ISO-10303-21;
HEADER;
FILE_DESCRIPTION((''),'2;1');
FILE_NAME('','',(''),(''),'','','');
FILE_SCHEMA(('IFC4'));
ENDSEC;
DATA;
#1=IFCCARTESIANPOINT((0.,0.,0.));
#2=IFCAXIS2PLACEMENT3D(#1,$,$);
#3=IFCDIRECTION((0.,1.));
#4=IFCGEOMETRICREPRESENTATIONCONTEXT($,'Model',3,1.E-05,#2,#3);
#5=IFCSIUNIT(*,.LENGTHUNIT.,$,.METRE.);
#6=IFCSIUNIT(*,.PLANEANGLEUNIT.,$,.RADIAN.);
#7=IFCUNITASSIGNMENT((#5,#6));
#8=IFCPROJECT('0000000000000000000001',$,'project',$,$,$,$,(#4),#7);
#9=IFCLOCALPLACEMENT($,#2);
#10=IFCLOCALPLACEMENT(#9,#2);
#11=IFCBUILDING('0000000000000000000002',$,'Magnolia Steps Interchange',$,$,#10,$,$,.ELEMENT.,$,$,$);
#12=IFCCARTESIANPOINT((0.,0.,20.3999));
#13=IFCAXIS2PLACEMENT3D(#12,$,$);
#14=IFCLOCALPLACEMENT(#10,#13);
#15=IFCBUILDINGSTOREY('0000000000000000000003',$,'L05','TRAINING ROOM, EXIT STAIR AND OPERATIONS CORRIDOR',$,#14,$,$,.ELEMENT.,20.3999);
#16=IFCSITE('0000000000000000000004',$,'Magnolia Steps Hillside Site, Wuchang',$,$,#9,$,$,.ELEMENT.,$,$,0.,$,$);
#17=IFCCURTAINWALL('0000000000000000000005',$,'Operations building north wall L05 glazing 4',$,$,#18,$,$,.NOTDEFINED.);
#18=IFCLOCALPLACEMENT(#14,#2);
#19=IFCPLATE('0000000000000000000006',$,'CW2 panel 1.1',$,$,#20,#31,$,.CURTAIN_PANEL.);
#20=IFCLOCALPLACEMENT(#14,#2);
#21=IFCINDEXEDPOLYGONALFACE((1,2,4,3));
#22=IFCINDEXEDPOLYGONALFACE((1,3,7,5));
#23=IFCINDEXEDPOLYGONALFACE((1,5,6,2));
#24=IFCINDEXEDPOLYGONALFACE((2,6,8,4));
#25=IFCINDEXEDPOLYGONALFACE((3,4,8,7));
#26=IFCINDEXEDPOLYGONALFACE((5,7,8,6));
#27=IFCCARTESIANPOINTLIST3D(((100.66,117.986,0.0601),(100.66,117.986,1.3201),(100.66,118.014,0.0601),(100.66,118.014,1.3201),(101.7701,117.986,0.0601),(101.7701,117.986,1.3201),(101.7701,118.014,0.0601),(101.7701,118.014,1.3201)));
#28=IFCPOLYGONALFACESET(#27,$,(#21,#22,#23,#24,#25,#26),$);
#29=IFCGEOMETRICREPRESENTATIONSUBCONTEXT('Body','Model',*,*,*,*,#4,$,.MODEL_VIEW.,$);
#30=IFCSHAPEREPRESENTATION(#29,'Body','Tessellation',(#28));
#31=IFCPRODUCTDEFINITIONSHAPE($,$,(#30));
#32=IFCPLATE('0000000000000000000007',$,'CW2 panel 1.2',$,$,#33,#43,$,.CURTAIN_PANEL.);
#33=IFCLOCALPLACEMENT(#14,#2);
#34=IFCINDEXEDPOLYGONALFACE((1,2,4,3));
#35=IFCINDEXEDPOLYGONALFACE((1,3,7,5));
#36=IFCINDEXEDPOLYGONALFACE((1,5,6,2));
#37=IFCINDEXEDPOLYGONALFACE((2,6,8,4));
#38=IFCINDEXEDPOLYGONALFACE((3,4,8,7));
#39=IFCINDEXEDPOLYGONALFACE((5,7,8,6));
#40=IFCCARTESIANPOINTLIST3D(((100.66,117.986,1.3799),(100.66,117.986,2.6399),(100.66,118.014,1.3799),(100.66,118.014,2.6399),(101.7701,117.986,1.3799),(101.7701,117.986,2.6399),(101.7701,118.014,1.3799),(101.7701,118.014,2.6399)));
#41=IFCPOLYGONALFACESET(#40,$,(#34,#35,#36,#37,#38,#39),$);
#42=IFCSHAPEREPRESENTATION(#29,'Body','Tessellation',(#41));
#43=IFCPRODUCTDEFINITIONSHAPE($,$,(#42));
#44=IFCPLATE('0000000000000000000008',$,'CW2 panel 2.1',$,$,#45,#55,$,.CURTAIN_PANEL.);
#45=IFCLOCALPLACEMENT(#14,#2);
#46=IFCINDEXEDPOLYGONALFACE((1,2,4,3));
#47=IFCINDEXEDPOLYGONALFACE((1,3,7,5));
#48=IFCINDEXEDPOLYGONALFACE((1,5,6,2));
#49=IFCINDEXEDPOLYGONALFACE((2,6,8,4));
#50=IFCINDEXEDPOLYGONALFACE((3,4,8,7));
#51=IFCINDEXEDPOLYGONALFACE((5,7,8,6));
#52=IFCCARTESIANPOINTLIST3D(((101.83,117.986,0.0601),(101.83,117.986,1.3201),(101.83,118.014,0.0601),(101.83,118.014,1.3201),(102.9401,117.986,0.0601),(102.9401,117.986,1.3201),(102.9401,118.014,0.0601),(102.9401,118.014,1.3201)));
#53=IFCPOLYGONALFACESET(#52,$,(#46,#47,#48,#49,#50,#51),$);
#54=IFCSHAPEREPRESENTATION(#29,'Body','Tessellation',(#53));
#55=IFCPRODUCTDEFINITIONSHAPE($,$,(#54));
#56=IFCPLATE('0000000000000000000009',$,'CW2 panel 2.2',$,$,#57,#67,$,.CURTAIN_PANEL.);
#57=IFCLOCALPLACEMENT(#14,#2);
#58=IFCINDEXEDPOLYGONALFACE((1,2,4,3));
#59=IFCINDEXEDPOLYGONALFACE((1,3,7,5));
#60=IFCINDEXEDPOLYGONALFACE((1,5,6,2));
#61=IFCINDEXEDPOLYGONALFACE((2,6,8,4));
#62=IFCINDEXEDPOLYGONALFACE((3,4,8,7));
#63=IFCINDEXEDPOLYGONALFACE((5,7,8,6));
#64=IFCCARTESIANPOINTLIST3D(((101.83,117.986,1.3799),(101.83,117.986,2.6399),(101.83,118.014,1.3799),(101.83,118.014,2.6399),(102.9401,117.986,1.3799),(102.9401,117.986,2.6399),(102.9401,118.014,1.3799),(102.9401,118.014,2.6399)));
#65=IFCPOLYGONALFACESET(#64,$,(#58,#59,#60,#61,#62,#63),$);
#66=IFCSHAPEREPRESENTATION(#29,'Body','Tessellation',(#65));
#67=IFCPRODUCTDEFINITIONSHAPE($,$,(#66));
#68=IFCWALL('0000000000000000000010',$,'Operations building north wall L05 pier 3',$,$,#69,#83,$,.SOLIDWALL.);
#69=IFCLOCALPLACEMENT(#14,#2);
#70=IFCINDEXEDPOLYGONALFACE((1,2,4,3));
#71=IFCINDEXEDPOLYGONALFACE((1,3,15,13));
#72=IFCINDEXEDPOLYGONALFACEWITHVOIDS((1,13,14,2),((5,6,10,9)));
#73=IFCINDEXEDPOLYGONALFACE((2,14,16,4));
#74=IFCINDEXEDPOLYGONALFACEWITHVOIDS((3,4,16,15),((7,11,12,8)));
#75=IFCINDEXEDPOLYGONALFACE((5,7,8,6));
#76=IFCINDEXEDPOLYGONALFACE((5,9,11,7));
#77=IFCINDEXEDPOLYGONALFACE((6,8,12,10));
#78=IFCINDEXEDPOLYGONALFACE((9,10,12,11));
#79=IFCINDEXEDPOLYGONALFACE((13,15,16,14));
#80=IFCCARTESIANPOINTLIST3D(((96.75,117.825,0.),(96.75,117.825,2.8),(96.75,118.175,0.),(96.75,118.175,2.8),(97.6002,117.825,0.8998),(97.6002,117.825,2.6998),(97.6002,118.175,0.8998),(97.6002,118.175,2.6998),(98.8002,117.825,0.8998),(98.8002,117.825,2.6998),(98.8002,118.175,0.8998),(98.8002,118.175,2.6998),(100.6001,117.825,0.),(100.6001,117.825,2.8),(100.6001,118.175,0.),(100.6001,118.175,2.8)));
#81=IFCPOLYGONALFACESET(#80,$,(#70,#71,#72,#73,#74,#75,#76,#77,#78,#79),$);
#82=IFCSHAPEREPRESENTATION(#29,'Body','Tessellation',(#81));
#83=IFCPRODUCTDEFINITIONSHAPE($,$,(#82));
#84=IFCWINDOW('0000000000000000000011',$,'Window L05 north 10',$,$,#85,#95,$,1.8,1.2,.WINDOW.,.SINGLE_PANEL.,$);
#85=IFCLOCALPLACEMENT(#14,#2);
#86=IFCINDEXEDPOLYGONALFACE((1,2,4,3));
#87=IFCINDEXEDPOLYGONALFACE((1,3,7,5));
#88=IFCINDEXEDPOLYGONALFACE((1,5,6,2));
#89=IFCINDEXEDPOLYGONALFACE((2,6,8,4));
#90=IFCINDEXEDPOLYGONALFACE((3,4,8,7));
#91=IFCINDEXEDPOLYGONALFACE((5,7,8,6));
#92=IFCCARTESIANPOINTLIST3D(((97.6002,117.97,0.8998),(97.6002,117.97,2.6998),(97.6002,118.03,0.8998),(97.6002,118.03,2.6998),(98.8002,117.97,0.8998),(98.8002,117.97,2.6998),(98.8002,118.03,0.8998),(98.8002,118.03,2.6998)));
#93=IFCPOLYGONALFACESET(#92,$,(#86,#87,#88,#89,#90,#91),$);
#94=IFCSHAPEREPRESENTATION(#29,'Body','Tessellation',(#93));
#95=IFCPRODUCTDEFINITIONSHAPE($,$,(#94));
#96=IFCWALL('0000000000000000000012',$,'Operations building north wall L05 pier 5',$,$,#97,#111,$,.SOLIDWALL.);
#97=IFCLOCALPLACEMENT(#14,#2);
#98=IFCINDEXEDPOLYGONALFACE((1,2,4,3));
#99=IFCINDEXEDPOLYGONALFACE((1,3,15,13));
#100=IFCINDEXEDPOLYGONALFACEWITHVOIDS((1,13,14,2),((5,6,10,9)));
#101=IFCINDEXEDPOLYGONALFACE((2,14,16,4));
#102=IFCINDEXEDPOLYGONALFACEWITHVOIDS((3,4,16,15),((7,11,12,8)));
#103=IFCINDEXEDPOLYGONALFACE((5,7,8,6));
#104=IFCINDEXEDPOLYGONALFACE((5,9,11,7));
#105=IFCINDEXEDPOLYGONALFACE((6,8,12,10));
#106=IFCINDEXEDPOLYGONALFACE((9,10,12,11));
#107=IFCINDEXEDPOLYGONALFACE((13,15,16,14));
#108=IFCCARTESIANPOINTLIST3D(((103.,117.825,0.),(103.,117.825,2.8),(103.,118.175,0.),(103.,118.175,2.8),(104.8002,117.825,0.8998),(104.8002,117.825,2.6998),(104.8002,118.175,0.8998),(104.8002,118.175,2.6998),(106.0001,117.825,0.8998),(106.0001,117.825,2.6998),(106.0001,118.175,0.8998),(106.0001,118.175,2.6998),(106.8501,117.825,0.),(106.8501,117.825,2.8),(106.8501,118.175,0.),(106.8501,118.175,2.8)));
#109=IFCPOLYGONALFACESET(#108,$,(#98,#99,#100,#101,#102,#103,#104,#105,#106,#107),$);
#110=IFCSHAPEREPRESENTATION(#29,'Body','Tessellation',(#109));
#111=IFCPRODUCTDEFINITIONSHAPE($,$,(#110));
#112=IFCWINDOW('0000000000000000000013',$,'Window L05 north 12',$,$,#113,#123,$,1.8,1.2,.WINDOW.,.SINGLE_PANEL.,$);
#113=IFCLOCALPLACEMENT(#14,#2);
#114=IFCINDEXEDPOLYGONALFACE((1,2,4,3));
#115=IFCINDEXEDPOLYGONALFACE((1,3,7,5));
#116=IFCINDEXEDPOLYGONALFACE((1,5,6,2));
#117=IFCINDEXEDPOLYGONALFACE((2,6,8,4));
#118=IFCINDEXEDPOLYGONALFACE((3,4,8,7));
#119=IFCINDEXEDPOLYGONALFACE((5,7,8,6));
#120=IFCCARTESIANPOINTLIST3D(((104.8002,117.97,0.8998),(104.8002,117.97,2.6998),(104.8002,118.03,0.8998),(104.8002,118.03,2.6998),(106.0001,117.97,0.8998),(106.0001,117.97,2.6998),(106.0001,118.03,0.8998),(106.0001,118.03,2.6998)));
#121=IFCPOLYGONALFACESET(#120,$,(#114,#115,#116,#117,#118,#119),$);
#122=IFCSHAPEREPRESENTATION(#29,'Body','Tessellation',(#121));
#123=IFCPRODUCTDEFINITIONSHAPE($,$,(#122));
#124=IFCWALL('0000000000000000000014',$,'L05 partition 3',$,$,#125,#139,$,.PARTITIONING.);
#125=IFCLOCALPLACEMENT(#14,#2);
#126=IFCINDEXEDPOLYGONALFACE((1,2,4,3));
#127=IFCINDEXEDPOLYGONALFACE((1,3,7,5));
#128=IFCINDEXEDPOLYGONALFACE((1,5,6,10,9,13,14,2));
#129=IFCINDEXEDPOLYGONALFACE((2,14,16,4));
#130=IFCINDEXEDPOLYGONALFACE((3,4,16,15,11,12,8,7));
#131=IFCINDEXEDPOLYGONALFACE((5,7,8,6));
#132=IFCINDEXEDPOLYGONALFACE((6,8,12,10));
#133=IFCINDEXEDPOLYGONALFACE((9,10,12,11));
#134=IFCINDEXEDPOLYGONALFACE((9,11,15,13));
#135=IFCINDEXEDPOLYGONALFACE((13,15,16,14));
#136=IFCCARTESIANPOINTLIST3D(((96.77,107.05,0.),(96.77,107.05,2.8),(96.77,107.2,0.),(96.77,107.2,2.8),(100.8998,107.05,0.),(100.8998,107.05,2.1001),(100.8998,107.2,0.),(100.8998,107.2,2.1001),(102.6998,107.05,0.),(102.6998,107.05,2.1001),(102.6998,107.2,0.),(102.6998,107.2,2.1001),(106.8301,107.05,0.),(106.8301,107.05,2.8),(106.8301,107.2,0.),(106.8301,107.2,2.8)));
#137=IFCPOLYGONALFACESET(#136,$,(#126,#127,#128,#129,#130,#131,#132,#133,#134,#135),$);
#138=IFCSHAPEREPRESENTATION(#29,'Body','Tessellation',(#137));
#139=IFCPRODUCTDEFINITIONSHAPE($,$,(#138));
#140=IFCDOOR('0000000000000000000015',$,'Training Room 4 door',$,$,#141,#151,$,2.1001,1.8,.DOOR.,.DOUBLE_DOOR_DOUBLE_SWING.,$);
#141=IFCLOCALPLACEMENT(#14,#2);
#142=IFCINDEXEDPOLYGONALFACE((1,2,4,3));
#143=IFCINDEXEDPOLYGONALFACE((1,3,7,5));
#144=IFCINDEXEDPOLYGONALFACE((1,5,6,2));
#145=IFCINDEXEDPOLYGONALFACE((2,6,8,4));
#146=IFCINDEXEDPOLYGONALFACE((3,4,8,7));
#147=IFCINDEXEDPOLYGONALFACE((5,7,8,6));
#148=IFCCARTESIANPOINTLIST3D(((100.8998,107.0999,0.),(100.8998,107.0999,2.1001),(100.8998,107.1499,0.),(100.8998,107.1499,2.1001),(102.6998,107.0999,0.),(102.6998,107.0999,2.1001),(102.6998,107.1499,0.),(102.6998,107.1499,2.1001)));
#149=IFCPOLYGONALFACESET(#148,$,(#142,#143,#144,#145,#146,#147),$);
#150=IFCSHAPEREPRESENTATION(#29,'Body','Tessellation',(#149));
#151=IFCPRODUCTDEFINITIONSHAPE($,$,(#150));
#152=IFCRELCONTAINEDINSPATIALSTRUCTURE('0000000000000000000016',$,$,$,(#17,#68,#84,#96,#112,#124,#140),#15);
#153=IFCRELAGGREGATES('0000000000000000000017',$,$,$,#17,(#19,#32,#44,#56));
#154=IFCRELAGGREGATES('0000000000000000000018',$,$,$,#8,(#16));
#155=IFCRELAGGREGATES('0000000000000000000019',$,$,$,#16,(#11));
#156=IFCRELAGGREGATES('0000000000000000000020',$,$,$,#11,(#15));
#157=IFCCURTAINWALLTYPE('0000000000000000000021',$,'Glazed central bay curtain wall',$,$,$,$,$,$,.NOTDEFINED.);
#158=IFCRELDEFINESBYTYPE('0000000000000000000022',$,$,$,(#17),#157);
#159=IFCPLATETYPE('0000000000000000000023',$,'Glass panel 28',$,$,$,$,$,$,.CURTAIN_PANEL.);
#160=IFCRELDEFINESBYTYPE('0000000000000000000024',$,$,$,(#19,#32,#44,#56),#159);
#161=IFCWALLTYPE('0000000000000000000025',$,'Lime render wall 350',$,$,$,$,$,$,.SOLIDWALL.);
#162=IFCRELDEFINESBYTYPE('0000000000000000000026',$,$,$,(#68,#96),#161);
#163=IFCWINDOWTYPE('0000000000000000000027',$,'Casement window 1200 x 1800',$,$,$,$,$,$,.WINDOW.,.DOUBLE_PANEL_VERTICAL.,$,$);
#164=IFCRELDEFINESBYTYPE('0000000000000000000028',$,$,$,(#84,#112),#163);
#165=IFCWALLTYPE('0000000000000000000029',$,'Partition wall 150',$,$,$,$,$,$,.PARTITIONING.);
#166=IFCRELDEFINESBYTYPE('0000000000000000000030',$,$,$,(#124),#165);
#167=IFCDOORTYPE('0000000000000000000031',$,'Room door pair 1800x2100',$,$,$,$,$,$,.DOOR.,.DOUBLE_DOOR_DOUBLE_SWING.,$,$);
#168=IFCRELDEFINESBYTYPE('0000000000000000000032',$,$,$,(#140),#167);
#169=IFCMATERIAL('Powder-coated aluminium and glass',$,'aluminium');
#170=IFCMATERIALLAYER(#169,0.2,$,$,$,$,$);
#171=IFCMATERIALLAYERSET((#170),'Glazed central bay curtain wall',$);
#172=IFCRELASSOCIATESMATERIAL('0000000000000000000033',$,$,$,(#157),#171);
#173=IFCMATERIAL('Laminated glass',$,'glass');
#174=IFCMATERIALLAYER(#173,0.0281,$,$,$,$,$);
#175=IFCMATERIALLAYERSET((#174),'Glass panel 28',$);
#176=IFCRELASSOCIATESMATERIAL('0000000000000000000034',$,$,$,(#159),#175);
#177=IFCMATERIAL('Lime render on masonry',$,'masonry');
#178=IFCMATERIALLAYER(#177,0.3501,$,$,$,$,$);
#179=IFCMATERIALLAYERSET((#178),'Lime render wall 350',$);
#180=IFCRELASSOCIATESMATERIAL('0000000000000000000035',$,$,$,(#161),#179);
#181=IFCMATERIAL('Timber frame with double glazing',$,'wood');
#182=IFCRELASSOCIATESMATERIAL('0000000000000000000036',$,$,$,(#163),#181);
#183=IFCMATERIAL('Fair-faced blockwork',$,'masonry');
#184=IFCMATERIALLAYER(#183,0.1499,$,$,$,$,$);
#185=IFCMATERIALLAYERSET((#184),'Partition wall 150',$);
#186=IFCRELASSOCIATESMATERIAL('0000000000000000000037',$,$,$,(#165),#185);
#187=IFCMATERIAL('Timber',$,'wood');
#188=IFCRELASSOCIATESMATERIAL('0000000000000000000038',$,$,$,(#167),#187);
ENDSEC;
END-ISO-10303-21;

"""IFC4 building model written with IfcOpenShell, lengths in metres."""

from ifc_helpers import new_model, si_unit, direction, frame, frame_2d, origin, origin_2d, place, context, subcontext, project, spatial, rectangle, extrude, material, layer, layer_set, type_object, element, fill, aggregate, save


model = new_model("IFC4")

# Units and contexts
model_context = context("Model", 3, precision=1e-05, world=origin(), true_north=direction((0.0, 1.0)))
body_context = subcontext(model_context, "Body", "Model", "MODEL_VIEW")
ifc_project = project(units=[si_unit("LENGTHUNIT", "METRE"), si_unit("PLANEANGLEUNIT", "RADIAN")], contexts=[model_context])

# Site, building, storey
site_placement = place(None, origin())
site = spatial("IfcSite", under=ifc_project, at=site_placement, Name="Magnolia Steps Hillside Site, Wuchang", CompositionType="ELEMENT", RefElevation=0.0)
building_placement = place(site_placement, origin())
building = spatial("IfcBuilding", under=site, at=building_placement, Name="Magnolia Steps Interchange", CompositionType="ELEMENT")
storey_placement = place(building_placement, frame((0.0, 0.0, 20.3999)))
storey = spatial("IfcBuildingStorey", under=building, at=storey_placement, Name="L05", Description="TRAINING ROOM, EXIT STAIR AND OPERATIONS CORRIDOR", CompositionType="ELEMENT", Elevation=20.3999)

# Curtain wall
ifc_material_1 = material(Name="Powder-coated aluminium and glass", Category="aluminium")
ifc_layer_1 = layer(ifc_material_1, 0.2)
ifc_layer_set_1 = layer_set([ifc_layer_1], Name="Glazed central bay curtain wall")
curtain_wall_type = type_object("IfcCurtainWallType", Name="Glazed central bay curtain wall", PredefinedType="NOTDEFINED", material=ifc_layer_set_1)
curtain_wall_placement = place(storey_placement, origin())
curtain_wall = element("IfcCurtainWall", 1, at=curtain_wall_placement, inside=storey, type_object=curtain_wall_type, Name="Operations building north wall L05 glazing 4", PredefinedType="NOTDEFINED")

# Plates
ifc_material_2 = material(Name="Laminated glass", Category="glass")
ifc_layer_2 = layer(ifc_material_2, 0.0281)
ifc_layer_set_2 = layer_set([ifc_layer_2], Name="Glass panel 28")
plate_type = type_object("IfcPlateType", Name="Glass panel 28", PredefinedType="CURTAIN_PANEL", material=ifc_layer_set_2)
plate_1_placement = place(storey_placement, frame((101.2151, 118.0, 0.0601), z_axis=(0.0, 0.0, 1.0), x_axis=(1.0, 0.0, 0.0)))
plate_1 = element("IfcPlate", 2, at=plate_1_placement, type_object=plate_type, Name="CW2 panel 1.1", PredefinedType="CURTAIN_PANEL", context=body_context, shape_type="SweptSolid", body=[
    extrude(rectangle(XDim=1.1101, YDim=0.0281, at=origin_2d()), origin(), (0.0, 0.0, 1.0), 1.26),
])
plate_2_placement = place(storey_placement, frame((101.2151, 118.0, 1.3799), z_axis=(0.0, 0.0, 1.0), x_axis=(1.0, 0.0, 0.0)))
plate_2 = element("IfcPlate", 3, at=plate_2_placement, type_object=plate_type, Name="CW2 panel 1.2", PredefinedType="CURTAIN_PANEL", context=body_context, shape_type="SweptSolid", body=[
    extrude(rectangle(XDim=1.1101, YDim=0.0281, at=origin_2d()), origin(), (0.0, 0.0, 1.0), 1.26),
])
plate_3_placement = place(storey_placement, frame((102.385, 118.0, 0.0601), z_axis=(0.0, 0.0, 1.0), x_axis=(1.0, 0.0, 0.0)))
plate_3 = element("IfcPlate", 4, at=plate_3_placement, type_object=plate_type, Name="CW2 panel 2.1", PredefinedType="CURTAIN_PANEL", context=body_context, shape_type="SweptSolid", body=[
    extrude(rectangle(XDim=1.1101, YDim=0.0281, at=origin_2d()), origin(), (0.0, 0.0, 1.0), 1.26),
])
plate_4_placement = place(storey_placement, frame((102.385, 118.0, 1.3799), z_axis=(0.0, 0.0, 1.0), x_axis=(1.0, 0.0, 0.0)))
plate_4 = element("IfcPlate", 5, at=plate_4_placement, type_object=plate_type, Name="CW2 panel 2.2", PredefinedType="CURTAIN_PANEL", context=body_context, shape_type="SweptSolid", body=[
    extrude(rectangle(XDim=1.1101, YDim=0.0281, at=origin_2d()), origin(), (0.0, 0.0, 1.0), 1.26),
])
aggregate(curtain_wall, [plate_1, plate_2, plate_3, plate_4])

# Walls, openings, windows
ifc_material_3 = material(Name="Lime render on masonry", Category="masonry")
ifc_layer_3 = layer(ifc_material_3, 0.3501)
ifc_layer_set_3 = layer_set([ifc_layer_3], Name="Lime render wall 350")
wall_type_1 = type_object("IfcWallType", Name="Lime render wall 350", PredefinedType="SOLIDWALL", material=ifc_layer_set_3)
wall_1_placement = place(storey_placement, frame((96.75, 118.0, 0.0), z_axis=(0.0, 0.0, 1.0), x_axis=(1.0, 0.0, 0.0)))
wall_1 = element("IfcWall", 6, at=wall_1_placement, inside=storey, type_object=wall_type_1, Name="Operations building north wall L05 pier 3", PredefinedType="SOLIDWALL", context=body_context, shape_type="SweptSolid", body=[
    extrude(rectangle(XDim=3.8501, YDim=0.3501, at=frame_2d((1.925, 0.0))), origin(), (0.0, 0.0, 1.0), 2.8),
])
opening_1_placement = place(wall_1_placement, frame((0.8501, 0.0, 0.8999)))
opening_1 = element("IfcOpeningElement", 7, at=opening_1_placement, cuts=wall_1, PredefinedType="OPENING", context=body_context, shape_type="SweptSolid", body=[
    extrude(rectangle(XDim=1.2, YDim=1.8, at=frame_2d((0.6001, 0.8999))), frame((0.0, 0.1851, 0.0), z_axis=(0.0, -1.0, 0.0), x_axis=(1.0, 0.0, 0.0)), (0.0, 0.0, 1.0), 0.3701),
])
ifc_material_4 = material(Name="Timber frame with double glazing", Category="wood")
window_type = type_object("IfcWindowType", Name="Casement window 1200 x 1800", PartitioningType="DOUBLE_PANEL_VERTICAL", PredefinedType="WINDOW", material=ifc_material_4)
window_1_placement = place(opening_1_placement, origin())
window_1 = element("IfcWindow", 8, at=window_1_placement, inside=storey, type_object=window_type, Name="Window L05 north 10", OverallHeight=1.8, OverallWidth=1.2, PartitioningType="SINGLE_PANEL", PredefinedType="WINDOW", context=body_context, shape_type="SweptSolid", body=[
    extrude(rectangle(XDim=1.2, YDim=1.8, at=frame_2d((0.6001, 0.8999))), frame((0.0, 0.03, 0.0), z_axis=(0.0, -1.0, 0.0), x_axis=(1.0, 0.0, 0.0)), (0.0, 0.0, 1.0), 0.0601),
])
fill(opening_1, window_1)
wall_2_placement = place(storey_placement, frame((103.0, 118.0, 0.0), z_axis=(0.0, 0.0, 1.0), x_axis=(1.0, 0.0, 0.0)))
wall_2 = element("IfcWall", 9, at=wall_2_placement, inside=storey, type_object=wall_type_1, Name="Operations building north wall L05 pier 5", PredefinedType="SOLIDWALL", context=body_context, shape_type="SweptSolid", body=[
    extrude(rectangle(XDim=3.8501, YDim=0.3501, at=frame_2d((1.925, 0.0))), origin(), (0.0, 0.0, 1.0), 2.8),
])
opening_2_placement = place(wall_2_placement, frame((1.8, 0.0, 0.8999)))
opening_2 = element("IfcOpeningElement", 10, at=opening_2_placement, cuts=wall_2, PredefinedType="OPENING", context=body_context, shape_type="SweptSolid", body=[
    extrude(rectangle(XDim=1.2, YDim=1.8, at=frame_2d((0.6001, 0.8999))), frame((0.0, 0.1851, 0.0), z_axis=(0.0, -1.0, 0.0), x_axis=(1.0, 0.0, 0.0)), (0.0, 0.0, 1.0), 0.3701),
])
window_2_placement = place(opening_2_placement, origin())
window_2 = element("IfcWindow", 11, at=window_2_placement, inside=storey, type_object=window_type, Name="Window L05 north 12", OverallHeight=1.8, OverallWidth=1.2, PartitioningType="SINGLE_PANEL", PredefinedType="WINDOW", context=body_context, shape_type="SweptSolid", body=[
    extrude(rectangle(XDim=1.2, YDim=1.8, at=frame_2d((0.6001, 0.8999))), frame((0.0, 0.03, 0.0), z_axis=(0.0, -1.0, 0.0), x_axis=(1.0, 0.0, 0.0)), (0.0, 0.0, 1.0), 0.0601),
])
fill(opening_2, window_2)

# Wall, opening, door
ifc_material_5 = material(Name="Fair-faced blockwork", Category="masonry")
ifc_layer_4 = layer(ifc_material_5, 0.1499)
ifc_layer_set_4 = layer_set([ifc_layer_4], Name="Partition wall 150")
wall_type_2 = type_object("IfcWallType", Name="Partition wall 150", PredefinedType="PARTITIONING", material=ifc_layer_set_4)
wall_3_placement = place(storey_placement, frame((96.77, 107.125, 0.0), z_axis=(0.0, 0.0, 1.0), x_axis=(1.0, 0.0, 0.0)))
wall_3 = element("IfcWall", 12, at=wall_3_placement, inside=storey, type_object=wall_type_2, Name="L05 partition 3", PredefinedType="PARTITIONING", context=body_context, shape_type="SweptSolid", body=[
    extrude(rectangle(XDim=10.0601, YDim=0.1499, at=frame_2d((5.03, 0.0))), origin(), (0.0, 0.0, 1.0), 2.8),
])
opening_3_placement = place(wall_3_placement, frame((4.1299, 0.0, 0.0)))
opening_3 = element("IfcOpeningElement", 13, at=opening_3_placement, cuts=wall_3, PredefinedType="OPENING", context=body_context, shape_type="SweptSolid", body=[
    extrude(rectangle(XDim=1.8, YDim=2.1001, at=frame_2d((0.8999, 1.05))), frame((0.0, 0.085, 0.0), z_axis=(0.0, -1.0, 0.0), x_axis=(1.0, 0.0, 0.0)), (0.0, 0.0, 1.0), 0.1699),
])
ifc_material_6 = material(Name="Timber", Category="wood")
door_type = type_object("IfcDoorType", Name="Room door pair 1800x2100", OperationType="DOUBLE_DOOR_DOUBLE_SWING", PredefinedType="DOOR", material=ifc_material_6)
door_1_placement = place(opening_3_placement, origin())
door_1 = element("IfcDoor", 14, at=door_1_placement, inside=storey, type_object=door_type, Name="Training Room 4 door", OperationType="DOUBLE_DOOR_DOUBLE_SWING", OverallHeight=2.1001, OverallWidth=1.8, PredefinedType="DOOR", context=body_context, shape_type="SweptSolid", body=[
    extrude(rectangle(XDim=1.8, YDim=2.1001, at=frame_2d((0.8999, 1.05))), frame((0.0, 0.0249, 0.0), z_axis=(0.0, -1.0, 0.0), x_axis=(1.0, 0.0, 0.0)), (0.0, 0.0, 1.0), 0.05),
])
fill(opening_3, door_1)

save(model, "model.ifc")
